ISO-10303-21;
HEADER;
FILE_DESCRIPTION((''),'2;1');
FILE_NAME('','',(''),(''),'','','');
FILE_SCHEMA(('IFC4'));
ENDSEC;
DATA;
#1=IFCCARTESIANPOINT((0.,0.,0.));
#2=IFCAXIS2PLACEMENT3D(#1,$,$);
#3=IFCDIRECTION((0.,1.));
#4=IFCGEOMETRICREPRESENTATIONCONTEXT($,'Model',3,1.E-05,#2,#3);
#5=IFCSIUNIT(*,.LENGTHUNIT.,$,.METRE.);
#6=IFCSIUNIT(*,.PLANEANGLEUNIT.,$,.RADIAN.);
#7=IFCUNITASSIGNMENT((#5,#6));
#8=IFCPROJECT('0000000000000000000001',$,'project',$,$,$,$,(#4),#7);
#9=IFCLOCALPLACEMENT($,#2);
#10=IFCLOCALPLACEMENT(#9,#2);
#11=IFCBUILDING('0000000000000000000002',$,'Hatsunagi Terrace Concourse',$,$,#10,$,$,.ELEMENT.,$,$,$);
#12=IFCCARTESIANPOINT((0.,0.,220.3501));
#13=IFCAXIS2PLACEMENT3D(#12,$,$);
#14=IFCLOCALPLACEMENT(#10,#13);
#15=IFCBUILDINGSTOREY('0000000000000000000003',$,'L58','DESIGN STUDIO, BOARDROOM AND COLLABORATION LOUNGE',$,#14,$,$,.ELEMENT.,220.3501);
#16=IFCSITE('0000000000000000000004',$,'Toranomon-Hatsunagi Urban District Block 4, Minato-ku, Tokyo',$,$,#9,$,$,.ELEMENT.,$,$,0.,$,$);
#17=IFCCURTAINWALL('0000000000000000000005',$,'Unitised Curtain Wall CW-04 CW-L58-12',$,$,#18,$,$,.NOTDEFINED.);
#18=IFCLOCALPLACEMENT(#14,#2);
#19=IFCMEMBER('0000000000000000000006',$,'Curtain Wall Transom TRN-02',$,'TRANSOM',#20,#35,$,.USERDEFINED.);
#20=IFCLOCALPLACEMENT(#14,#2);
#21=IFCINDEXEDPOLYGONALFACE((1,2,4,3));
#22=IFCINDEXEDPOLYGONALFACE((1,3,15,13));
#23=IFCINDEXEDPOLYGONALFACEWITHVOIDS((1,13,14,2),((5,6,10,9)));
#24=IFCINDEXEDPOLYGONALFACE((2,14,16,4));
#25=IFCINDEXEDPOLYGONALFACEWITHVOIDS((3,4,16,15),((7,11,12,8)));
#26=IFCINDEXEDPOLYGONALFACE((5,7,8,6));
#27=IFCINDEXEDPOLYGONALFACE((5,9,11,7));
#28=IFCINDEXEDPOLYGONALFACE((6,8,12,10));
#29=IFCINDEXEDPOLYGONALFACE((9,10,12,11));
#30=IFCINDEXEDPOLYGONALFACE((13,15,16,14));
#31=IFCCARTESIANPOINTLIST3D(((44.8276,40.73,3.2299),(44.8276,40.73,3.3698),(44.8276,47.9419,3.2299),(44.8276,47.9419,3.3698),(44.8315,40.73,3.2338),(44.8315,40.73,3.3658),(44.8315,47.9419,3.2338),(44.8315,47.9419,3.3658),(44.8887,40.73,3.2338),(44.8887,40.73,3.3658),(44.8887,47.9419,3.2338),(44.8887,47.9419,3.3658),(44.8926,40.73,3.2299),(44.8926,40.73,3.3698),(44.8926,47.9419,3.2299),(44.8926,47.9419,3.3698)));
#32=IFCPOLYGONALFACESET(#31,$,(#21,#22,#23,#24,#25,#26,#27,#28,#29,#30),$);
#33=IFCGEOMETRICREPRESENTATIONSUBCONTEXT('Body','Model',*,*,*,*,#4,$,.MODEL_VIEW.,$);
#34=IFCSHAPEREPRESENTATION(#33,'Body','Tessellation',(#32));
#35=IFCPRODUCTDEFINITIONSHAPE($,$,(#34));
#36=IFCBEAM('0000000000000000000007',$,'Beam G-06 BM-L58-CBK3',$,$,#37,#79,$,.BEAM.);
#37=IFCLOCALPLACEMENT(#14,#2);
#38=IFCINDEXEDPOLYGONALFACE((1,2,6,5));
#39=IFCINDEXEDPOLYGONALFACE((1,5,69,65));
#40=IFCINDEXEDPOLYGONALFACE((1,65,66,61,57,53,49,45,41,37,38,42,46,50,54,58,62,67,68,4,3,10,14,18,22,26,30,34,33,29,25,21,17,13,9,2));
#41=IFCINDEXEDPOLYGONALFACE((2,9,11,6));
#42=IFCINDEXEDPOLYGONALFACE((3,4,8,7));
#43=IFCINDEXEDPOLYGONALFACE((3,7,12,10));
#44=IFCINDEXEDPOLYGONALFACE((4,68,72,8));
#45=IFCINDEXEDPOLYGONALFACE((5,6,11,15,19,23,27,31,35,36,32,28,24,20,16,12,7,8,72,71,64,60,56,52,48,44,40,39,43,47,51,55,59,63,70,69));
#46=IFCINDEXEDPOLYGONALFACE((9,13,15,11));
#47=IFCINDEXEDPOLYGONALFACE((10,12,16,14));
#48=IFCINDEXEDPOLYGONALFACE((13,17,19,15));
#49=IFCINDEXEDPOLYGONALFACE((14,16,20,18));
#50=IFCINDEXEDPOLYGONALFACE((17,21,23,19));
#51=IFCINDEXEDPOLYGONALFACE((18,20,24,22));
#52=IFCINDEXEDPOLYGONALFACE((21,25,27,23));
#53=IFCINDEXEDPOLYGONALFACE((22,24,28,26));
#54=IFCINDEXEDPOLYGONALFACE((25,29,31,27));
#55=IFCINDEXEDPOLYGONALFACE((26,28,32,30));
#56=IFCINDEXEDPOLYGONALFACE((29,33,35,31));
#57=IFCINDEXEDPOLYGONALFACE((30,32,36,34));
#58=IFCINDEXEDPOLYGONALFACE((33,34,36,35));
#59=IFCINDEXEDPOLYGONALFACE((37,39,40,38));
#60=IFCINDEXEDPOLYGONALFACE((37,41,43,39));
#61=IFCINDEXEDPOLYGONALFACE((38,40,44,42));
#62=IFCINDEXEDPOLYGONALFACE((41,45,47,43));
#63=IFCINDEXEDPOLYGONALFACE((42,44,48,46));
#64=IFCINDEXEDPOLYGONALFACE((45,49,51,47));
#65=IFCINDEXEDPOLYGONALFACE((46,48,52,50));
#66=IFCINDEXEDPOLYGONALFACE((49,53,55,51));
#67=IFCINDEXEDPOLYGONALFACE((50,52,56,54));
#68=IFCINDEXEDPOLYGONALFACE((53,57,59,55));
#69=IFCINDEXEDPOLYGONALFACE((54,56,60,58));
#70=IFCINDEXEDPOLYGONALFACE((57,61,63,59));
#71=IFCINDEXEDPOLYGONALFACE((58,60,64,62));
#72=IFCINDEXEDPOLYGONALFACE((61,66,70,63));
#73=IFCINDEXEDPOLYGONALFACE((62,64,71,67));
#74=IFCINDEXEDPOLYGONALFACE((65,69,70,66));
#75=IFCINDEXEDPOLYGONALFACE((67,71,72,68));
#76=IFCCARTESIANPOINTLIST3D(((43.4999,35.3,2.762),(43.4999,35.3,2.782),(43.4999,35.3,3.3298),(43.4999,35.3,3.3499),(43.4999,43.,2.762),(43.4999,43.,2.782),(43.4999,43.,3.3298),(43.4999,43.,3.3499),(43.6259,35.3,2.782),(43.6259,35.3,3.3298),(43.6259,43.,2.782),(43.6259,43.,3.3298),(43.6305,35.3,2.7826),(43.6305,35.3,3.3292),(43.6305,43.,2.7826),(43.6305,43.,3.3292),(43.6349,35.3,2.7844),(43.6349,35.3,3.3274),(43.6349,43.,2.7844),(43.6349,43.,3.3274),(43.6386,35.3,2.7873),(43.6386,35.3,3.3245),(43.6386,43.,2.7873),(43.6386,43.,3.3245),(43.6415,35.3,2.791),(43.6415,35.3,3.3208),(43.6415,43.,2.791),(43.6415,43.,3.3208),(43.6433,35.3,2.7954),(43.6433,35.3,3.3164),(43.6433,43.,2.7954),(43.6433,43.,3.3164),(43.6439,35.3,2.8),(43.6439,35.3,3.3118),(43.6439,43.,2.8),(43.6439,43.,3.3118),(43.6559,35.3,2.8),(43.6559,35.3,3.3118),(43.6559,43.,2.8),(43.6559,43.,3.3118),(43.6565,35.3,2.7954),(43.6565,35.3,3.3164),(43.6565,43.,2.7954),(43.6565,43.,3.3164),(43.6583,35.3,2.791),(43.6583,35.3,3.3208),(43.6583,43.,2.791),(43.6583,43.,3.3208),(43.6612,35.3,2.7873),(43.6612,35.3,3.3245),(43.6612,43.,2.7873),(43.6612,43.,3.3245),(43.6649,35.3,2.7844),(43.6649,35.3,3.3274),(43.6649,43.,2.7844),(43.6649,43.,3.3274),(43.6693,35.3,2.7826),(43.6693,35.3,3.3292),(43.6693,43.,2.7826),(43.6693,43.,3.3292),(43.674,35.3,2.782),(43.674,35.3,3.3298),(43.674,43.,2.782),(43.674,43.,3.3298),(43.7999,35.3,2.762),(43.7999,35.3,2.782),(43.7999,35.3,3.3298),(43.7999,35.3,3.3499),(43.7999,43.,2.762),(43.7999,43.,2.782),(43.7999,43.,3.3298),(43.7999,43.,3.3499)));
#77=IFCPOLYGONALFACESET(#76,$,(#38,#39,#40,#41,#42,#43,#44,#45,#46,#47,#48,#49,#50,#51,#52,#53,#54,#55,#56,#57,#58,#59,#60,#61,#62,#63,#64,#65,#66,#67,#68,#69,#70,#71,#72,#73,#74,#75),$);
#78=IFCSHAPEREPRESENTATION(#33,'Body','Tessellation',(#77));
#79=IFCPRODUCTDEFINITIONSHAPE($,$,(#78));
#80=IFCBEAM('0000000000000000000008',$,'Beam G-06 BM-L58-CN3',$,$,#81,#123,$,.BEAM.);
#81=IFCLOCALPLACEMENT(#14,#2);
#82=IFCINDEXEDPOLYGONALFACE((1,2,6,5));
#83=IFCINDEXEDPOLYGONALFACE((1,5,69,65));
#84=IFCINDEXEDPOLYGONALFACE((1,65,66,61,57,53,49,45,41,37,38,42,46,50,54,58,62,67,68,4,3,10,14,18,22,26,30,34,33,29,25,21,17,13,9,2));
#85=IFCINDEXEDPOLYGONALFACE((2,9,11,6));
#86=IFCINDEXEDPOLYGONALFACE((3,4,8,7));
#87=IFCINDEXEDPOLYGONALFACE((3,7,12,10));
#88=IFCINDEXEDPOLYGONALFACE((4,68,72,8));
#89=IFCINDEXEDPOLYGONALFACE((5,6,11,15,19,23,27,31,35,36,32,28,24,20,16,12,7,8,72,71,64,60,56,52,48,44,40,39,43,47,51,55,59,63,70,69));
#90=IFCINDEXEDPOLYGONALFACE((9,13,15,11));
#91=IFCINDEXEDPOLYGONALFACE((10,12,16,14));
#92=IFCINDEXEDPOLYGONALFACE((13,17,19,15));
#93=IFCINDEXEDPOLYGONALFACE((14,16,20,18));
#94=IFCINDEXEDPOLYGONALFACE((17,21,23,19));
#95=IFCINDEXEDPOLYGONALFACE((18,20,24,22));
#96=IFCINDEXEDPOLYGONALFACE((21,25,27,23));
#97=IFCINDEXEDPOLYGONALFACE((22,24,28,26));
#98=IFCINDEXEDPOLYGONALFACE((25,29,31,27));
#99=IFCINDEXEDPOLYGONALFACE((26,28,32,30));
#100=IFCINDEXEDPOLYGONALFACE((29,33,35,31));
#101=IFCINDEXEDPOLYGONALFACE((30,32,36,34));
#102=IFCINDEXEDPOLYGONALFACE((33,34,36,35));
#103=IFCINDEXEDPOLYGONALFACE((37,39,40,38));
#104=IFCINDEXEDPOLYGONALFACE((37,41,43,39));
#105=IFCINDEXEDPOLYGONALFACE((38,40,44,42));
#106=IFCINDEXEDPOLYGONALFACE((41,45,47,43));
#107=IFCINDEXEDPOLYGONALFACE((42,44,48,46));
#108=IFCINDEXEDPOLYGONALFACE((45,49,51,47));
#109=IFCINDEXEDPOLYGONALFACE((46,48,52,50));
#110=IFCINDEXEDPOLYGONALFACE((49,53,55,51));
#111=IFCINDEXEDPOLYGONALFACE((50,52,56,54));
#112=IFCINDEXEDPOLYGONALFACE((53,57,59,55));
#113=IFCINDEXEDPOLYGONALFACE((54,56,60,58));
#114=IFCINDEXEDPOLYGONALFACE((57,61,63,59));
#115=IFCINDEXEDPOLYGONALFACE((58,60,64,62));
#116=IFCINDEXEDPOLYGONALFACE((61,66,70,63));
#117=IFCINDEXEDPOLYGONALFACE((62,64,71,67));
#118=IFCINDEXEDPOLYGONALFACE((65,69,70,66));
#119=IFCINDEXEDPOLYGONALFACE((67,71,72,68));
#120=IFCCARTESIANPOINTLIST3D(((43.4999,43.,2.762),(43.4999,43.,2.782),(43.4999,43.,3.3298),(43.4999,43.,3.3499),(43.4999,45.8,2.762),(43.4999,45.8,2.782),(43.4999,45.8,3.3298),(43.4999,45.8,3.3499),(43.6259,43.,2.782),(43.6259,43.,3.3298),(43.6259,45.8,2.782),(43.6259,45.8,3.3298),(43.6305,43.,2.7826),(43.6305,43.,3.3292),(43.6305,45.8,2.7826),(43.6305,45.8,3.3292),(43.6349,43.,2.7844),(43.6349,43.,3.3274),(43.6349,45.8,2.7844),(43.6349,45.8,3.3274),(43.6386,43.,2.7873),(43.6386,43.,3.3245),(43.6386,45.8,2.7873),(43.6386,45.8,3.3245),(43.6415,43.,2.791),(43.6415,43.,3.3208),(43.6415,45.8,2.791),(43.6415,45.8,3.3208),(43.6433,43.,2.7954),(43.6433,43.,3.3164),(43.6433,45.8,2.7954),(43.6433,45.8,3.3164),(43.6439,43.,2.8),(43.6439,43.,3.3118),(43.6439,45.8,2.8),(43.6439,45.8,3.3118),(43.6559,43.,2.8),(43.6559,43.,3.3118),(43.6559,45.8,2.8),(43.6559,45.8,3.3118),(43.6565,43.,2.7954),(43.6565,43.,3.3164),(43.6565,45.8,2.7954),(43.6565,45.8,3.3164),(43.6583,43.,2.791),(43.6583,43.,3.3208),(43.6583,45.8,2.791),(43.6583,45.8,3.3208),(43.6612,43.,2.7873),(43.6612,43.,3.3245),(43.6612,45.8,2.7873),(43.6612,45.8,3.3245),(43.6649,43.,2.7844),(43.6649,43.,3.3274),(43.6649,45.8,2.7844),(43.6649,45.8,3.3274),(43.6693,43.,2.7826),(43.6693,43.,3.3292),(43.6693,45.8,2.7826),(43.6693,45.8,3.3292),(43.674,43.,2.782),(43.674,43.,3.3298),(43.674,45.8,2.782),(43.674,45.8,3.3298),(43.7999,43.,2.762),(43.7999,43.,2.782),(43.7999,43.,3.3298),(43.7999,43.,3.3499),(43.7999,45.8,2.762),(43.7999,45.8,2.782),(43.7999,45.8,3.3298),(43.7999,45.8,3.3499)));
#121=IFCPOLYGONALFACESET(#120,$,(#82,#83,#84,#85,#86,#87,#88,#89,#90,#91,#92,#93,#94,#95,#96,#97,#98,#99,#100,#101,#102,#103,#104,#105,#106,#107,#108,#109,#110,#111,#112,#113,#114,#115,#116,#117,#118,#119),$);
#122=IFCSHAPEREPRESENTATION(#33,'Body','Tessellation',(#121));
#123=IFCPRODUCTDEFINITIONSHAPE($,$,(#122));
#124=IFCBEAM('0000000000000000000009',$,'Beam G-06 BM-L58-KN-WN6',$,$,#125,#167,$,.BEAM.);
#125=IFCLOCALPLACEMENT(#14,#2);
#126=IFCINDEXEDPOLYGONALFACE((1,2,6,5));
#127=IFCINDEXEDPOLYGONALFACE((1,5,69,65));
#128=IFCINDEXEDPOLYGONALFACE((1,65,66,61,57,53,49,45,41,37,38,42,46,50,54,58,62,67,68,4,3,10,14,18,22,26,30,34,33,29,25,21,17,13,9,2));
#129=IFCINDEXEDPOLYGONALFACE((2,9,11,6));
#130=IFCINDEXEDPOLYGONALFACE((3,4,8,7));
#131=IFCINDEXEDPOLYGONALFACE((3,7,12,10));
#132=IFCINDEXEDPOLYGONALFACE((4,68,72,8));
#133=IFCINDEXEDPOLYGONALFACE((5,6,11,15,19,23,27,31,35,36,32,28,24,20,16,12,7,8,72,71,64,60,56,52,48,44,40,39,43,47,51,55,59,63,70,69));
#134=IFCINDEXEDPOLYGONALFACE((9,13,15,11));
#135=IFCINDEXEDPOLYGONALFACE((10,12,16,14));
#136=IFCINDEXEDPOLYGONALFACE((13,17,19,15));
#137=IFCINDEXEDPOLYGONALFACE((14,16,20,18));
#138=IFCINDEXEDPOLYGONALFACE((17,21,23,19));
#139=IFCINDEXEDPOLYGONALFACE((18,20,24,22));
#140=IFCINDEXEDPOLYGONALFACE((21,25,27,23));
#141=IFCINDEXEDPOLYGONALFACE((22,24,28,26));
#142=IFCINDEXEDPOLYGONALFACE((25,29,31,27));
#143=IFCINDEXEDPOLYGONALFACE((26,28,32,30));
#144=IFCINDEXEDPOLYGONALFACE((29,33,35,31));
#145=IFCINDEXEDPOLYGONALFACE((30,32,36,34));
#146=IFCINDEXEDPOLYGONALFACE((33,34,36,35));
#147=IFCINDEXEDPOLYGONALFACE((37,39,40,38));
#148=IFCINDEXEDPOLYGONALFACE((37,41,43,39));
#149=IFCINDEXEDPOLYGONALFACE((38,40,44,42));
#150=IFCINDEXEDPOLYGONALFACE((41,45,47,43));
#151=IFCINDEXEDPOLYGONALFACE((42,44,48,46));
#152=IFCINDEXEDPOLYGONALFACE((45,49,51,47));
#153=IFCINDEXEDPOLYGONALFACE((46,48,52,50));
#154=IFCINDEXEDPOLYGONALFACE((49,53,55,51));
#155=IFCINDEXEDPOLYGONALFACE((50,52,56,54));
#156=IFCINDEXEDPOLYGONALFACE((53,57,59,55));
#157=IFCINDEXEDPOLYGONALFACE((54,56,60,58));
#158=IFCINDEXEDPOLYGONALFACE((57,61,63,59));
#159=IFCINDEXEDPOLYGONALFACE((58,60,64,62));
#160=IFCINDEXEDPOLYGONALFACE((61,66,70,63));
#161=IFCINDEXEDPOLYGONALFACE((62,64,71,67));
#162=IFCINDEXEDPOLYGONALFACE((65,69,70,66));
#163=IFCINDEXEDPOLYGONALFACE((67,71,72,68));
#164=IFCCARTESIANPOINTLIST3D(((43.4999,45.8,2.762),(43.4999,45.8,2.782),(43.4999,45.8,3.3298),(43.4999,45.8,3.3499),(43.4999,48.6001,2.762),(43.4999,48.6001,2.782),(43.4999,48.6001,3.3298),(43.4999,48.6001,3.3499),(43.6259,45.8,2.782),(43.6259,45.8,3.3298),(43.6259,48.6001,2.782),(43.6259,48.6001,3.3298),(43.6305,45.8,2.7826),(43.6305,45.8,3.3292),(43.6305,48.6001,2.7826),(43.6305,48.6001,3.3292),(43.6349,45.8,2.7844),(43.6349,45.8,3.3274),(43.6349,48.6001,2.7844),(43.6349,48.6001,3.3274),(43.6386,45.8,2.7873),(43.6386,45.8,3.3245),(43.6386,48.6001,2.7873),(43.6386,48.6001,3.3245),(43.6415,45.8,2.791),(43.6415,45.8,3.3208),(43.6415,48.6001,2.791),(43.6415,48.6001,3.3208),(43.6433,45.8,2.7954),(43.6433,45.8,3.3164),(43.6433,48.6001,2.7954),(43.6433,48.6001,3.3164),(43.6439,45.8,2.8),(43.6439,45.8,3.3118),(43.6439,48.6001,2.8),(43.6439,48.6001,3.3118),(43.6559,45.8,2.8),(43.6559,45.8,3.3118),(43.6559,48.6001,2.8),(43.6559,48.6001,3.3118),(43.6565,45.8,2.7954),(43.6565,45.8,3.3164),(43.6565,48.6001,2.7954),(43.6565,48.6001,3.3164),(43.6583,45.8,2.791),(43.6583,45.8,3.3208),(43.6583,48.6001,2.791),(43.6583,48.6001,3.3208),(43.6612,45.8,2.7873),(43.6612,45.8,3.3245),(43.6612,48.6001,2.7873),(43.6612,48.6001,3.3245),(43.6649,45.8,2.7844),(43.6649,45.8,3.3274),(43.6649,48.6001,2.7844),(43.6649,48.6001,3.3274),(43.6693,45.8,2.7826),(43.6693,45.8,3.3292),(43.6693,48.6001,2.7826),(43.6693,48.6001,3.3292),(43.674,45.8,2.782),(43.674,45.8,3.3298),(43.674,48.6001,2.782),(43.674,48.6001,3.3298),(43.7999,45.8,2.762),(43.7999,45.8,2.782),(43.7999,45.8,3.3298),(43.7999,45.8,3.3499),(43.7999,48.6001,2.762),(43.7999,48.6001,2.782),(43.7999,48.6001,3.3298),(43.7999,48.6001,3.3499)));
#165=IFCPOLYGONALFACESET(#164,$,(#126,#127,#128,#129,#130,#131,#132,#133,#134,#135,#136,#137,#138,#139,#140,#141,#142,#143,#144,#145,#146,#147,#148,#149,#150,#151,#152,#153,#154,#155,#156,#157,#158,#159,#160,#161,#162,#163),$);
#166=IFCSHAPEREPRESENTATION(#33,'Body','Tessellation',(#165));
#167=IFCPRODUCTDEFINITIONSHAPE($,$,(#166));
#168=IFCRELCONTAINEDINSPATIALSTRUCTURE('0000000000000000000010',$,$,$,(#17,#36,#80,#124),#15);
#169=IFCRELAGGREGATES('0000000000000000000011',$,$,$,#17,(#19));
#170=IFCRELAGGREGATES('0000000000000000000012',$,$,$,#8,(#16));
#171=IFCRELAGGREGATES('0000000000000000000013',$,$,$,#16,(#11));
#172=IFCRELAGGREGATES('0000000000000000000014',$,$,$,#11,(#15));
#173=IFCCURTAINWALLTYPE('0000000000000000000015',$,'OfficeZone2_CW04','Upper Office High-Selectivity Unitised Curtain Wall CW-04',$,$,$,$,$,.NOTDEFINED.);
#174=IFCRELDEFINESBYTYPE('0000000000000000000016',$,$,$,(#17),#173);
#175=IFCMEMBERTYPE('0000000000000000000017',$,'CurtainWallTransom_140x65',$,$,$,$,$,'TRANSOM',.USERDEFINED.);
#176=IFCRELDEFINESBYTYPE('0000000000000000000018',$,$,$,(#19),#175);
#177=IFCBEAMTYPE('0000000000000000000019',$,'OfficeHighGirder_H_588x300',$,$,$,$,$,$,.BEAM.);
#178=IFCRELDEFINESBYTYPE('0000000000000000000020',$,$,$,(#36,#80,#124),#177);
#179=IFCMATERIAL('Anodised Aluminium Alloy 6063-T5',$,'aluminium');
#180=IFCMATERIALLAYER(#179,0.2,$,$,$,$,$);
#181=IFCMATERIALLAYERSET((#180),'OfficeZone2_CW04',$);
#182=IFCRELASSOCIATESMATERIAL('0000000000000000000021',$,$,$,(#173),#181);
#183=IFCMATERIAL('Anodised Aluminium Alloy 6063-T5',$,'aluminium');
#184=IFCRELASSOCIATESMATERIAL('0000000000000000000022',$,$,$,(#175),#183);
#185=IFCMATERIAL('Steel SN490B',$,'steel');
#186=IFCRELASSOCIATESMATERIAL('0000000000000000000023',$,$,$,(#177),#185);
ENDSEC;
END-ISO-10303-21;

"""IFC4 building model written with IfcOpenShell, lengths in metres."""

from ifc_helpers import new_model, si_unit, direction, frame, origin, origin_2d, place, context, subcontext, project, spatial, hollow_rectangle, i_section, extrude, material, layer, layer_set, material_profile, profile_set, type_object, element, aggregate, save


model = new_model("IFC4")

# Units and contexts
model_context = context("Model", 3, precision=1e-05, world=origin(), true_north=direction((0.0, 1.0)))
body_context = subcontext(model_context, "Body", "Model", "MODEL_VIEW")
ifc_project = project(units=[si_unit("LENGTHUNIT", "METRE"), si_unit("PLANEANGLEUNIT", "RADIAN")], contexts=[model_context])

# Site, building, storey
site_placement = place(None, origin())
site = spatial("IfcSite", under=ifc_project, at=site_placement, Name="Toranomon-Hatsunagi Urban District Block 4, Minato-ku, Tokyo", CompositionType="ELEMENT", RefElevation=0.0)
building_placement = place(site_placement, origin())
building = spatial("IfcBuilding", under=site, at=building_placement, Name="Hatsunagi Terrace Concourse", CompositionType="ELEMENT")
storey_placement = place(building_placement, frame((0.0, 0.0, 220.3501)))
storey = spatial("IfcBuildingStorey", under=building, at=storey_placement, Name="L58", Description="DESIGN STUDIO, BOARDROOM AND COLLABORATION LOUNGE", CompositionType="ELEMENT", Elevation=220.3501)

# Curtain wall, member
ifc_material_1 = material(Name="Anodised Aluminium Alloy 6063-T5", Category="aluminium")
ifc_layer_1 = layer(ifc_material_1, 0.2)
ifc_layer_set_1 = layer_set([ifc_layer_1], Name="OfficeZone2_CW04")
curtain_wall_type = type_object("IfcCurtainWallType", Name="OfficeZone2_CW04", Description="Upper Office High-Selectivity Unitised Curtain Wall CW-04", PredefinedType="NOTDEFINED", material=ifc_layer_set_1)
curtain_wall_placement = place(storey_placement, origin())
curtain_wall = element("IfcCurtainWall", 1, at=curtain_wall_placement, inside=storey, type_object=curtain_wall_type, Name="Unitised Curtain Wall CW-04 CW-L58-12", PredefinedType="NOTDEFINED")
ifc_material_2 = material(Name="Anodised Aluminium Alloy 6063-T5", Category="aluminium")
ifc_material_profile_1 = material_profile(ifc_material_2, hollow_rectangle(XDim=0.0649, YDim=0.1399, WallThickness=0.0039, at=origin_2d()), Name="ALU-TRN-140x65x4")
ifc_profile_set_1 = profile_set([ifc_material_profile_1], Name="Anodised Aluminium Alloy 6063-T5")
member_type_1 = type_object("IfcMemberType", Name="CurtainWallTransom_140x65", ElementType="TRANSOM", PredefinedType="USERDEFINED", material=ifc_profile_set_1)
member_1_placement = place(storey_placement, frame((44.8601, 47.9419, 3.2998), z_axis=(0.0, -1.0, 0.0), x_axis=(1.0, 0.0, 0.0)))
member_1 = element("IfcMember", 2, at=member_1_placement, type_object=member_type_1, Name="Curtain Wall Transom TRN-02", ObjectType="TRANSOM", PredefinedType="USERDEFINED", context=body_context, shape_type="SweptSolid", body=[
    extrude(hollow_rectangle(XDim=0.0649, YDim=0.1399, WallThickness=0.0039, at=origin_2d()), origin(), (0.0, 0.0, 1.0), 7.2119),
])

# Beams
ifc_material_3 = material(Name="Steel SN490B", Category="steel")
ifc_material_profile_2 = material_profile(ifc_material_3, i_section(OverallWidth=0.3, OverallDepth=0.5879, WebThickness=0.012, FlangeThickness=0.02, FilletRadius=0.0181, at=origin_2d()), Name="H-588x300x12x20")
ifc_profile_set_2 = profile_set([ifc_material_profile_2], Name="Steel SN490B")
beam_type_1 = type_object("IfcBeamType", Name="OfficeHighGirder_H_588x300", PredefinedType="BEAM", material=ifc_profile_set_2)
beam_1_placement = place(storey_placement, frame((43.6499, 35.3, 3.0559), z_axis=(0.0, 1.0, 0.0), x_axis=(-1.0, 0.0, 0.0)))
element("IfcBeam", 3, at=beam_1_placement, inside=storey, type_object=beam_type_1, Name="Beam G-06 BM-L58-CBK3", PredefinedType="BEAM", context=body_context, shape_type="SweptSolid", body=[
    extrude(i_section(OverallWidth=0.3, OverallDepth=0.5879, WebThickness=0.012, FlangeThickness=0.02, FilletRadius=0.0181, at=origin_2d()), origin(), (0.0, 0.0, 1.0), 7.7),
])
for number, where, z_axis, x_axis, name in (
    (4, (43.6499, 43.0, 3.0559), (0.0, 1.0, 0.0), (-1.0, 0.0, 0.0), "Beam G-06 BM-L58-CN3"),
    (5, (43.6499, 45.8, 3.0559), (0.0, 1.0, 0.0), (-1.0, 0.0, 0.0), "Beam G-06 BM-L58-KN-WN6"),
):
    element("IfcBeam", number, at=place(storey_placement, frame(where, z_axis=z_axis, x_axis=x_axis)), inside=storey, type_object=beam_type_1, Name=name, PredefinedType="BEAM", context=body_context, shape_type="SweptSolid", body=[
        extrude(i_section(OverallWidth=0.3, OverallDepth=0.5879, WebThickness=0.012, FlangeThickness=0.02, FilletRadius=0.0181, at=origin_2d()), origin(), (0.0, 0.0, 1.0), 2.8),
    ])

aggregate(curtain_wall, [member_1])

save(model, "model.ifc")
